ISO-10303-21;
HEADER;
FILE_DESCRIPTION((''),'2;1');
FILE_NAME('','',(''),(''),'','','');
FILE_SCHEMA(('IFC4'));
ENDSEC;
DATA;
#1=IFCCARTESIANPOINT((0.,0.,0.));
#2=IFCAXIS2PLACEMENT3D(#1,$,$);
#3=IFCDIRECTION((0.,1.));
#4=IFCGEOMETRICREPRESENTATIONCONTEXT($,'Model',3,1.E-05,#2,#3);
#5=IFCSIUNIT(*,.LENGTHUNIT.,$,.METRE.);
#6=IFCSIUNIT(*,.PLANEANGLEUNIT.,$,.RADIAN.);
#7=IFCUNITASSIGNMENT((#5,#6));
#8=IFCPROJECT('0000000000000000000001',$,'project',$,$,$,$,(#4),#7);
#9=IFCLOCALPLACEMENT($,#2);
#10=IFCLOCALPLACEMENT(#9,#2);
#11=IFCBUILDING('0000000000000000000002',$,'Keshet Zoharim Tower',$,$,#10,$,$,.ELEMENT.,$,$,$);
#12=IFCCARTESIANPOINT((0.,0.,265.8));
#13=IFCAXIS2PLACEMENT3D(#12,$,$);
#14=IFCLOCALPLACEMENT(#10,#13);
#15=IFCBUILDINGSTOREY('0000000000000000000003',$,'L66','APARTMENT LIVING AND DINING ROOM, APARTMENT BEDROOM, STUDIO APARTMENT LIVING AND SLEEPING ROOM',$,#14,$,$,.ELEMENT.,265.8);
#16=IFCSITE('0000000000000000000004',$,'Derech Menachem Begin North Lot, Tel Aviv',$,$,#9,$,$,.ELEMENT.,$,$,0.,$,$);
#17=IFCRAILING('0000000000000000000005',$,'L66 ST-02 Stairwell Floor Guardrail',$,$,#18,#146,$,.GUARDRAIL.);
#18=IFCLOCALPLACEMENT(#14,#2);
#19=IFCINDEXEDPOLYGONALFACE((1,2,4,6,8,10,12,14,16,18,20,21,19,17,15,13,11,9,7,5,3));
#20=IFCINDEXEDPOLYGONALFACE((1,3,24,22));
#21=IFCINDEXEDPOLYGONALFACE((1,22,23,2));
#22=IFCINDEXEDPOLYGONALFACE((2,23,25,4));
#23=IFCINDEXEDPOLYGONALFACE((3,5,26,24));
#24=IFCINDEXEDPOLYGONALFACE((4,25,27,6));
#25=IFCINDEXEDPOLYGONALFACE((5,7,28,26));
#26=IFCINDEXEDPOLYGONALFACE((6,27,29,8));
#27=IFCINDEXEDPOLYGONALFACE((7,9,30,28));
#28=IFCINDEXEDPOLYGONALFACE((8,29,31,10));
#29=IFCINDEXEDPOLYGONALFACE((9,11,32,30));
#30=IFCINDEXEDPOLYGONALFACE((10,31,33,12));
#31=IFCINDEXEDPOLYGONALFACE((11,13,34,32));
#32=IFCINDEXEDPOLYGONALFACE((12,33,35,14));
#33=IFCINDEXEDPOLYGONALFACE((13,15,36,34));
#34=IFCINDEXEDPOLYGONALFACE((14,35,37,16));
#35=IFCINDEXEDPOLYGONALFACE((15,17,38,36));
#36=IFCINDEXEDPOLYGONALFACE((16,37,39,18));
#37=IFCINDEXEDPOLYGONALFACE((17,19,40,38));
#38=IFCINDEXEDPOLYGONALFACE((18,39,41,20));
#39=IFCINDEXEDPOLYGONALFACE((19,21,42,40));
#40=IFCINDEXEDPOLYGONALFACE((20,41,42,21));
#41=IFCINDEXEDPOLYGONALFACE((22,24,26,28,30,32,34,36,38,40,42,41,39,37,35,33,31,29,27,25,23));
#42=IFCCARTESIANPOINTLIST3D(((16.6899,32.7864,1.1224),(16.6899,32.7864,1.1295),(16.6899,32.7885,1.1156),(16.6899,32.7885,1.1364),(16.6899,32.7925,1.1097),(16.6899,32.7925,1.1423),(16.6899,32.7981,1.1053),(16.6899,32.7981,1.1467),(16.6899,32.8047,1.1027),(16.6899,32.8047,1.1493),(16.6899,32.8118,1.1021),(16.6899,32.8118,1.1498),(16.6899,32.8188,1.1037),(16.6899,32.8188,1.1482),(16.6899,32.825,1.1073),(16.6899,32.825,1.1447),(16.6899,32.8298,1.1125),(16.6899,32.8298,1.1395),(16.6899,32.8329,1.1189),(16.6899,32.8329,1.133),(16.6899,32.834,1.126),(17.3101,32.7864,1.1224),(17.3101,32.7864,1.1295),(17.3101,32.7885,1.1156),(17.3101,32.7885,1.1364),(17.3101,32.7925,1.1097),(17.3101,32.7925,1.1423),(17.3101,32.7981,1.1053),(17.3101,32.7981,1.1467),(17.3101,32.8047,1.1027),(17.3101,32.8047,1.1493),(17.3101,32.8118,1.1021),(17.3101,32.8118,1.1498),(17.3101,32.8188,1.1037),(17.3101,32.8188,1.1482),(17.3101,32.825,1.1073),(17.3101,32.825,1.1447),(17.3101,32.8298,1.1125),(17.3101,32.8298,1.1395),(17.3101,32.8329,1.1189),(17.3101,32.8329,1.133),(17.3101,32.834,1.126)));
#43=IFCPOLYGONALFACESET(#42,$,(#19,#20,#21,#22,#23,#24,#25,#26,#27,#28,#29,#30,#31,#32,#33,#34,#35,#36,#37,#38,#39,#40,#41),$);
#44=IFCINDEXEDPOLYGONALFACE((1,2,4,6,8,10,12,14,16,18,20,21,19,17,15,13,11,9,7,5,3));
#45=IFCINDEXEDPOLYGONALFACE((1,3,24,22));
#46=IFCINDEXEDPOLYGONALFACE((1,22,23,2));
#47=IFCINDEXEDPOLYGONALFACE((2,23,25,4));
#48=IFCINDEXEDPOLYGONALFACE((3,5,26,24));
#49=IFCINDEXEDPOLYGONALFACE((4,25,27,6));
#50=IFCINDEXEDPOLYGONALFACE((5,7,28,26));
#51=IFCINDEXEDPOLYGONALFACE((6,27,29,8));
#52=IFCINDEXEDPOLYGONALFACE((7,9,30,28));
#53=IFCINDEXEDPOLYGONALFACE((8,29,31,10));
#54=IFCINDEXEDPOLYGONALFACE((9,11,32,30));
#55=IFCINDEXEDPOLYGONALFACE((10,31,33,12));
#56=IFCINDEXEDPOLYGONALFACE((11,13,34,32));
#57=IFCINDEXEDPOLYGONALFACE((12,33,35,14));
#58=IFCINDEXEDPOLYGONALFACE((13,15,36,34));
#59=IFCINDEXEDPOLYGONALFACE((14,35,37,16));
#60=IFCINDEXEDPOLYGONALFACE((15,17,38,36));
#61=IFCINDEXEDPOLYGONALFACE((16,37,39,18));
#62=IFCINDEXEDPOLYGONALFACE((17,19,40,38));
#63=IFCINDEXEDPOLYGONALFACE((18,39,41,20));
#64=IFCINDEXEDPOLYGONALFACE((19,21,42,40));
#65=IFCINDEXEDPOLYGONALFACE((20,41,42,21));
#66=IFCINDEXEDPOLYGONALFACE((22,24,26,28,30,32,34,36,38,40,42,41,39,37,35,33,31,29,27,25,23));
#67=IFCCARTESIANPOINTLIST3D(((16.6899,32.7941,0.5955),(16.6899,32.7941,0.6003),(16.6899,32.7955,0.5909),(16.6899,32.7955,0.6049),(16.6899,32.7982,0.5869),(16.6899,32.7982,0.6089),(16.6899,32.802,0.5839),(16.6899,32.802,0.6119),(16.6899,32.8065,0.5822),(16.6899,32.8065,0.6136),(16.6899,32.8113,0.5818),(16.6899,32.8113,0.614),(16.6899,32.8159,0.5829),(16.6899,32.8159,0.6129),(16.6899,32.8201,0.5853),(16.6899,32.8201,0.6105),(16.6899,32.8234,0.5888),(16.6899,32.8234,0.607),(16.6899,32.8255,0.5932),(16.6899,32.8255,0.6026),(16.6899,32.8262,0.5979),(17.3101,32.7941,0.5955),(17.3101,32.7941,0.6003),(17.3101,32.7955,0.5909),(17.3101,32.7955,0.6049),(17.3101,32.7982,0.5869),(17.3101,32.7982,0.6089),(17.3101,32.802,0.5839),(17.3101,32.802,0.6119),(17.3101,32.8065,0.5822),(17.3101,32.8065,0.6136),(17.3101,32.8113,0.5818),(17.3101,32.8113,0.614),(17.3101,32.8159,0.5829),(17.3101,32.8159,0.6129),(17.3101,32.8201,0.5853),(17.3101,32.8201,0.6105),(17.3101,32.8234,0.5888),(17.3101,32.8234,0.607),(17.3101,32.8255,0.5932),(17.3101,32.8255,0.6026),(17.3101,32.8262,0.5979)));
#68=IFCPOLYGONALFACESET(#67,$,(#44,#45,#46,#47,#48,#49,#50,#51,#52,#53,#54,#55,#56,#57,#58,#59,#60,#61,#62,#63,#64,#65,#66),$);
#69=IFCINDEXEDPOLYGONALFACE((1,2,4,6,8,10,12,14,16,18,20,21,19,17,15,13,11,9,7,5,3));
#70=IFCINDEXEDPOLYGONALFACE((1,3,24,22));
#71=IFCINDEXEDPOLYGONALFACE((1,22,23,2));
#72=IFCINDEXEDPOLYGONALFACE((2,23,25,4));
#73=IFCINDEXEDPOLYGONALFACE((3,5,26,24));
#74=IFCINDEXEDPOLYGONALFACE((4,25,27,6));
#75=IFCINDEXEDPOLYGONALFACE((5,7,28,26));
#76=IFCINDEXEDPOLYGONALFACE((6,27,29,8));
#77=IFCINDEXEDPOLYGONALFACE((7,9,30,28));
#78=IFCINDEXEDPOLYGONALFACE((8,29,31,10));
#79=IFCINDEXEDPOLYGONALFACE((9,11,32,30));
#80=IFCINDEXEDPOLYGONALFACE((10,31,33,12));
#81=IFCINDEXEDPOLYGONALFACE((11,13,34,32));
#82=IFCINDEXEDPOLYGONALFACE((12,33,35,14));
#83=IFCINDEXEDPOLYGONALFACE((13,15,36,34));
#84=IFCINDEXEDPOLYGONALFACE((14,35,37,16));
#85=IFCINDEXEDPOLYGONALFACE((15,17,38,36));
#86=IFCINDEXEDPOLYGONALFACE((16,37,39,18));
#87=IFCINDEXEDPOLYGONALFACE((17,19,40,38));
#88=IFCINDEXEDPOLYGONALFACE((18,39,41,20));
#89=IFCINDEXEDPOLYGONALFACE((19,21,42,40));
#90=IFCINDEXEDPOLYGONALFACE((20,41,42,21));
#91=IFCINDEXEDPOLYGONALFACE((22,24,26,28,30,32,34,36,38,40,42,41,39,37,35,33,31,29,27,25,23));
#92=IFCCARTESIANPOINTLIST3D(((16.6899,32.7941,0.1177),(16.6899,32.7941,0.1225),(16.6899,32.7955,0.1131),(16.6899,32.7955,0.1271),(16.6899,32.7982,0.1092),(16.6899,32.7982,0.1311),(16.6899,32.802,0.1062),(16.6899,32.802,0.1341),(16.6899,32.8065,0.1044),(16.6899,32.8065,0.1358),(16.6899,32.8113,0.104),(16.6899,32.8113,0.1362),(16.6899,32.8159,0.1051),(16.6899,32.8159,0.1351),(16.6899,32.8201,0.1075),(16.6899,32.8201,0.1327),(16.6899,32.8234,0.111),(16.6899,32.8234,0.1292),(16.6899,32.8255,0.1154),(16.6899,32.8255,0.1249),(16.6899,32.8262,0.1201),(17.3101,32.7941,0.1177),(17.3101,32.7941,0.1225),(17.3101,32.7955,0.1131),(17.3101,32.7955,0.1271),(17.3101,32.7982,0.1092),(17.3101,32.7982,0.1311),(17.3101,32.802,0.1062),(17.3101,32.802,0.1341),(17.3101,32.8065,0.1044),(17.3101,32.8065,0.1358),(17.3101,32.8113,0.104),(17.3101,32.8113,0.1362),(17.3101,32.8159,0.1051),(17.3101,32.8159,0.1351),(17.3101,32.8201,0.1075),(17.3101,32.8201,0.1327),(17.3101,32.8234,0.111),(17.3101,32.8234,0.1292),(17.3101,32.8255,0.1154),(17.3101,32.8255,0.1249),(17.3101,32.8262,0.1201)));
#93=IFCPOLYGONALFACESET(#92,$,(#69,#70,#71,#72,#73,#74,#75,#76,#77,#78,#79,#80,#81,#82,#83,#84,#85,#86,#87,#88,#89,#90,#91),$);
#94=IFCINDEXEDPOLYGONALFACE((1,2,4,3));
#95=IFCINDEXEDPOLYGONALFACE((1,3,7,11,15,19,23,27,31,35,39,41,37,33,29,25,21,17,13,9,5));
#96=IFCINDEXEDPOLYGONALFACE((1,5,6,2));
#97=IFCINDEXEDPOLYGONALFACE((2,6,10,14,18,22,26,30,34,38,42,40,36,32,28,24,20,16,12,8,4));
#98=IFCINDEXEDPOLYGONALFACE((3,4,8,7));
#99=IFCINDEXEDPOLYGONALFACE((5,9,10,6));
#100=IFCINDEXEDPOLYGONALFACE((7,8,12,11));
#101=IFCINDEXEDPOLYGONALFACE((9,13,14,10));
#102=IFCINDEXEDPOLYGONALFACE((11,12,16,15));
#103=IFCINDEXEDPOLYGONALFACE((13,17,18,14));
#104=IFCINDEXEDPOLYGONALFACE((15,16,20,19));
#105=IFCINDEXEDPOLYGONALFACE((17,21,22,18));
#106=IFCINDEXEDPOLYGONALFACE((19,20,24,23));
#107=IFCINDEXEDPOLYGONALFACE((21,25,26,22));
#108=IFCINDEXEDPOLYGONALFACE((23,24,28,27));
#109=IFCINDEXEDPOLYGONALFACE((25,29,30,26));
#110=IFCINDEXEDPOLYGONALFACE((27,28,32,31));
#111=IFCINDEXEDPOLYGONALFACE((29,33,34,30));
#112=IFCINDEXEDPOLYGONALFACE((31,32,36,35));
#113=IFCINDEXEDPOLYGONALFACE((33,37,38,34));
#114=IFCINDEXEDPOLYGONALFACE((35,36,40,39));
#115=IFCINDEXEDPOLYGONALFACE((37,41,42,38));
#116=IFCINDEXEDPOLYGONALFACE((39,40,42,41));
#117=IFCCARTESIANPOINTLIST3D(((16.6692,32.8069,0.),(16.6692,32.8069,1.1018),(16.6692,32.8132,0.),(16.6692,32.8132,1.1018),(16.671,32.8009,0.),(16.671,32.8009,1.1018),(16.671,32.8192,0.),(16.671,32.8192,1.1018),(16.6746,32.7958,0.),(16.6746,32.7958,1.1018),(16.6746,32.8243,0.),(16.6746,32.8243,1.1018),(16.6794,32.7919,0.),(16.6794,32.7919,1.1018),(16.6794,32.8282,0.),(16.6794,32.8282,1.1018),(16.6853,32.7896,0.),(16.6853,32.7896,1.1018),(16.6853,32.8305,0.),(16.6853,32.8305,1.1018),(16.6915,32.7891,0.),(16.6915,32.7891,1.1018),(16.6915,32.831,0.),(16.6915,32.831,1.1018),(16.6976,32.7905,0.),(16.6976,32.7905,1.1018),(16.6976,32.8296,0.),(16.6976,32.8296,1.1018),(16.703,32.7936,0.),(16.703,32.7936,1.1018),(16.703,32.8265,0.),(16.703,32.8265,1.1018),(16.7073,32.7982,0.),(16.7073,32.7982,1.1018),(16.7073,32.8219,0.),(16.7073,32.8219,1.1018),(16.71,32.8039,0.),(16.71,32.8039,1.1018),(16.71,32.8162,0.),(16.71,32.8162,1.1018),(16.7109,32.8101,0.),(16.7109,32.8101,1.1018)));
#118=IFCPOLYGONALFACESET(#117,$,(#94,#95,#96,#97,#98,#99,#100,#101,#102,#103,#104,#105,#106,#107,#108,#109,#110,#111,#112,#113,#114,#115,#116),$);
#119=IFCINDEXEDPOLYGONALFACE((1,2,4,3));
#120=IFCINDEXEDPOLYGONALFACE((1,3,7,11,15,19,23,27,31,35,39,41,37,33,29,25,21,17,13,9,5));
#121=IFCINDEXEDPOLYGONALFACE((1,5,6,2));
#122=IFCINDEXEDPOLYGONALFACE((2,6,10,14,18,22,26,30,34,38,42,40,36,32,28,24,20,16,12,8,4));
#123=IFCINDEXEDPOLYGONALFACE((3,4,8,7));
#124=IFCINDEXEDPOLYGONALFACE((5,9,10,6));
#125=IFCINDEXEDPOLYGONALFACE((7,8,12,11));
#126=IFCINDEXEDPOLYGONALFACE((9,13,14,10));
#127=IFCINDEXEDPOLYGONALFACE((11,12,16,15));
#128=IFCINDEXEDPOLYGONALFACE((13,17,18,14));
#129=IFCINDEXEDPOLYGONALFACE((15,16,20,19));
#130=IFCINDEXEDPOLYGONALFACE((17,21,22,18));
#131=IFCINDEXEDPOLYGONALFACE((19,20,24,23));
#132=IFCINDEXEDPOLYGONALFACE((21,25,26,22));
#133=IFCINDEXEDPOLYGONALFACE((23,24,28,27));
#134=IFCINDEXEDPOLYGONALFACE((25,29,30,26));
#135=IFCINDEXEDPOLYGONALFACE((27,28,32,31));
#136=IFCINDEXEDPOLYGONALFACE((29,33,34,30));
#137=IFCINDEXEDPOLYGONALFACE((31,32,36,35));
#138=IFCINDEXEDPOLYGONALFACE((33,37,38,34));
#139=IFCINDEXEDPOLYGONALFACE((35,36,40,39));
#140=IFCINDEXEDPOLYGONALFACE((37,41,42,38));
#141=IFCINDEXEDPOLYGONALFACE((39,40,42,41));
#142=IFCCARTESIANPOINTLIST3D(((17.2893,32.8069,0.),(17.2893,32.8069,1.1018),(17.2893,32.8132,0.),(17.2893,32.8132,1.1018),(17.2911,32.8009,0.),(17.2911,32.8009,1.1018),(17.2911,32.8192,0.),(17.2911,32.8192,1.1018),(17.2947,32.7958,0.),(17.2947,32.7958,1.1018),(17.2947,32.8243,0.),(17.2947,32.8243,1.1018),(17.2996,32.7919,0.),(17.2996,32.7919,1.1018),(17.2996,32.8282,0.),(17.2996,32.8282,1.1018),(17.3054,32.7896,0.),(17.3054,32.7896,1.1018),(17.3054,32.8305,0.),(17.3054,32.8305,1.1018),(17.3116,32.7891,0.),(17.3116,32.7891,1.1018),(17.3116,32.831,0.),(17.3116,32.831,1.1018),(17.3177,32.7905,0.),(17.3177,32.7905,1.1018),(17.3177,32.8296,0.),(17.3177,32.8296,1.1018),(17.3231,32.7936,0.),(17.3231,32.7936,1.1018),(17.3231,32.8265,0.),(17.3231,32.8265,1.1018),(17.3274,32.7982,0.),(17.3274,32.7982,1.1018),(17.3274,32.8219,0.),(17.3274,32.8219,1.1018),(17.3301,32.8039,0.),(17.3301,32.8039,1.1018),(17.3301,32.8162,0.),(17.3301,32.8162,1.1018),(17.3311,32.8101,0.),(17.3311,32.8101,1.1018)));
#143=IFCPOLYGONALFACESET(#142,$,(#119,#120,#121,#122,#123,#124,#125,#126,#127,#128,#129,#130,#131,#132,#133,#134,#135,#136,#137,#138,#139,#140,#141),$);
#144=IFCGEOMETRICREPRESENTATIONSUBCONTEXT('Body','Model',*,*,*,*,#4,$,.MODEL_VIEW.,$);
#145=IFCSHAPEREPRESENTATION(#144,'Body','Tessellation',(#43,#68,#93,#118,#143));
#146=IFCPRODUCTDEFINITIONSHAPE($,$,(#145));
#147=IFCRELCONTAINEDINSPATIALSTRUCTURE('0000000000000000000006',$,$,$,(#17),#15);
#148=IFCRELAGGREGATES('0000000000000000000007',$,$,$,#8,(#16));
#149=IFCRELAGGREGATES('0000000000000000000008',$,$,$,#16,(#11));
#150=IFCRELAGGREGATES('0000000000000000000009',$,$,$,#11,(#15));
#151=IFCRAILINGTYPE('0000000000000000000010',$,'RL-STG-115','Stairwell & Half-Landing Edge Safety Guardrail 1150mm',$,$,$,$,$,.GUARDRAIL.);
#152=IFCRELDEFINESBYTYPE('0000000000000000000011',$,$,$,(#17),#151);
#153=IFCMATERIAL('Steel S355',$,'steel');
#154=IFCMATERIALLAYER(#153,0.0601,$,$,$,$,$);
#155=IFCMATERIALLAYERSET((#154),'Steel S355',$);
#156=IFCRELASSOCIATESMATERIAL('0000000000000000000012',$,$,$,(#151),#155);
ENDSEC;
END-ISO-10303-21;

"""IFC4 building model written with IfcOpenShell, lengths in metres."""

from ifc_helpers import new_model, si_unit, direction, frame, origin, origin_2d, place, context, subcontext, project, spatial, circle, extrude, material, layer, layer_set, type_object, element, save


model = new_model("IFC4")

# Units and contexts
model_context = context("Model", 3, precision=1e-05, world=origin(), true_north=direction((0.0, 1.0)))
body_context = subcontext(model_context, "Body", "Model", "MODEL_VIEW")
ifc_project = project(units=[si_unit("LENGTHUNIT", "METRE"), si_unit("PLANEANGLEUNIT", "RADIAN")], contexts=[model_context])

# Site, building, storey
site_placement = place(None, origin())
site = spatial("IfcSite", under=ifc_project, at=site_placement, Name="Derech Menachem Begin North Lot, Tel Aviv", CompositionType="ELEMENT", RefElevation=0.0)
building_placement = place(site_placement, origin())
building = spatial("IfcBuilding", under=site, at=building_placement, Name="Keshet Zoharim Tower", CompositionType="ELEMENT")
storey_placement = place(building_placement, frame((0.0, 0.0, 265.8)))
storey = spatial("IfcBuildingStorey", under=building, at=storey_placement, Name="L66", Description="APARTMENT LIVING AND DINING ROOM, APARTMENT BEDROOM, STUDIO APARTMENT LIVING AND SLEEPING ROOM", CompositionType="ELEMENT", Elevation=265.8)

# Shared definitions
ifc_material_1 = material(Name="Steel S355", Category="steel")

# Railing
ifc_layer_1 = layer(ifc_material_1, 0.0601)
ifc_layer_set_1 = layer_set([ifc_layer_1], Name="Steel S355")
railing_type_1 = type_object("IfcRailingType", Name="RL-STG-115", Description="Stairwell & Half-Landing Edge Safety Guardrail 1150mm", PredefinedType="GUARDRAIL", material=ifc_layer_set_1)
railing_1_placement = place(storey_placement, frame((16.6899, 32.8101, 0.0)))
element("IfcRailing", 1, at=railing_1_placement, inside=storey, type_object=railing_type_1, Name="L66 ST-02 Stairwell Floor Guardrail", PredefinedType="GUARDRAIL", context=body_context, shape_type="SweptSolid", body=[
    extrude(circle(Radius=0.0239, at=origin_2d()), frame((0.0, 0.0, 1.126), z_axis=(1.0, 0.0, 0.0), x_axis=(0.0, 1.0, 0.0)), (0.0, 0.0, 1.0), 0.6201),
    extrude(circle(Radius=0.0161, at=origin_2d()), frame((0.0, 0.0, 0.5979), z_axis=(1.0, 0.0, 0.0), x_axis=(0.0, 1.0, 0.0)), (0.0, 0.0, 1.0), 0.6201),
    extrude(circle(Radius=0.0161, at=origin_2d()), frame((0.0, 0.0, 0.1201), z_axis=(1.0, 0.0, 0.0), x_axis=(0.0, 1.0, 0.0)), (0.0, 0.0, 1.0), 0.6201),
    extrude(circle(Radius=0.021, at=origin_2d()), origin(), (0.0, 0.0, 1.0), 1.1018),
    extrude(circle(Radius=0.021, at=origin_2d()), frame((0.6201, 0.0, 0.0)), (0.0, 0.0, 1.0), 1.1018),
])

save(model, "model.ifc")
